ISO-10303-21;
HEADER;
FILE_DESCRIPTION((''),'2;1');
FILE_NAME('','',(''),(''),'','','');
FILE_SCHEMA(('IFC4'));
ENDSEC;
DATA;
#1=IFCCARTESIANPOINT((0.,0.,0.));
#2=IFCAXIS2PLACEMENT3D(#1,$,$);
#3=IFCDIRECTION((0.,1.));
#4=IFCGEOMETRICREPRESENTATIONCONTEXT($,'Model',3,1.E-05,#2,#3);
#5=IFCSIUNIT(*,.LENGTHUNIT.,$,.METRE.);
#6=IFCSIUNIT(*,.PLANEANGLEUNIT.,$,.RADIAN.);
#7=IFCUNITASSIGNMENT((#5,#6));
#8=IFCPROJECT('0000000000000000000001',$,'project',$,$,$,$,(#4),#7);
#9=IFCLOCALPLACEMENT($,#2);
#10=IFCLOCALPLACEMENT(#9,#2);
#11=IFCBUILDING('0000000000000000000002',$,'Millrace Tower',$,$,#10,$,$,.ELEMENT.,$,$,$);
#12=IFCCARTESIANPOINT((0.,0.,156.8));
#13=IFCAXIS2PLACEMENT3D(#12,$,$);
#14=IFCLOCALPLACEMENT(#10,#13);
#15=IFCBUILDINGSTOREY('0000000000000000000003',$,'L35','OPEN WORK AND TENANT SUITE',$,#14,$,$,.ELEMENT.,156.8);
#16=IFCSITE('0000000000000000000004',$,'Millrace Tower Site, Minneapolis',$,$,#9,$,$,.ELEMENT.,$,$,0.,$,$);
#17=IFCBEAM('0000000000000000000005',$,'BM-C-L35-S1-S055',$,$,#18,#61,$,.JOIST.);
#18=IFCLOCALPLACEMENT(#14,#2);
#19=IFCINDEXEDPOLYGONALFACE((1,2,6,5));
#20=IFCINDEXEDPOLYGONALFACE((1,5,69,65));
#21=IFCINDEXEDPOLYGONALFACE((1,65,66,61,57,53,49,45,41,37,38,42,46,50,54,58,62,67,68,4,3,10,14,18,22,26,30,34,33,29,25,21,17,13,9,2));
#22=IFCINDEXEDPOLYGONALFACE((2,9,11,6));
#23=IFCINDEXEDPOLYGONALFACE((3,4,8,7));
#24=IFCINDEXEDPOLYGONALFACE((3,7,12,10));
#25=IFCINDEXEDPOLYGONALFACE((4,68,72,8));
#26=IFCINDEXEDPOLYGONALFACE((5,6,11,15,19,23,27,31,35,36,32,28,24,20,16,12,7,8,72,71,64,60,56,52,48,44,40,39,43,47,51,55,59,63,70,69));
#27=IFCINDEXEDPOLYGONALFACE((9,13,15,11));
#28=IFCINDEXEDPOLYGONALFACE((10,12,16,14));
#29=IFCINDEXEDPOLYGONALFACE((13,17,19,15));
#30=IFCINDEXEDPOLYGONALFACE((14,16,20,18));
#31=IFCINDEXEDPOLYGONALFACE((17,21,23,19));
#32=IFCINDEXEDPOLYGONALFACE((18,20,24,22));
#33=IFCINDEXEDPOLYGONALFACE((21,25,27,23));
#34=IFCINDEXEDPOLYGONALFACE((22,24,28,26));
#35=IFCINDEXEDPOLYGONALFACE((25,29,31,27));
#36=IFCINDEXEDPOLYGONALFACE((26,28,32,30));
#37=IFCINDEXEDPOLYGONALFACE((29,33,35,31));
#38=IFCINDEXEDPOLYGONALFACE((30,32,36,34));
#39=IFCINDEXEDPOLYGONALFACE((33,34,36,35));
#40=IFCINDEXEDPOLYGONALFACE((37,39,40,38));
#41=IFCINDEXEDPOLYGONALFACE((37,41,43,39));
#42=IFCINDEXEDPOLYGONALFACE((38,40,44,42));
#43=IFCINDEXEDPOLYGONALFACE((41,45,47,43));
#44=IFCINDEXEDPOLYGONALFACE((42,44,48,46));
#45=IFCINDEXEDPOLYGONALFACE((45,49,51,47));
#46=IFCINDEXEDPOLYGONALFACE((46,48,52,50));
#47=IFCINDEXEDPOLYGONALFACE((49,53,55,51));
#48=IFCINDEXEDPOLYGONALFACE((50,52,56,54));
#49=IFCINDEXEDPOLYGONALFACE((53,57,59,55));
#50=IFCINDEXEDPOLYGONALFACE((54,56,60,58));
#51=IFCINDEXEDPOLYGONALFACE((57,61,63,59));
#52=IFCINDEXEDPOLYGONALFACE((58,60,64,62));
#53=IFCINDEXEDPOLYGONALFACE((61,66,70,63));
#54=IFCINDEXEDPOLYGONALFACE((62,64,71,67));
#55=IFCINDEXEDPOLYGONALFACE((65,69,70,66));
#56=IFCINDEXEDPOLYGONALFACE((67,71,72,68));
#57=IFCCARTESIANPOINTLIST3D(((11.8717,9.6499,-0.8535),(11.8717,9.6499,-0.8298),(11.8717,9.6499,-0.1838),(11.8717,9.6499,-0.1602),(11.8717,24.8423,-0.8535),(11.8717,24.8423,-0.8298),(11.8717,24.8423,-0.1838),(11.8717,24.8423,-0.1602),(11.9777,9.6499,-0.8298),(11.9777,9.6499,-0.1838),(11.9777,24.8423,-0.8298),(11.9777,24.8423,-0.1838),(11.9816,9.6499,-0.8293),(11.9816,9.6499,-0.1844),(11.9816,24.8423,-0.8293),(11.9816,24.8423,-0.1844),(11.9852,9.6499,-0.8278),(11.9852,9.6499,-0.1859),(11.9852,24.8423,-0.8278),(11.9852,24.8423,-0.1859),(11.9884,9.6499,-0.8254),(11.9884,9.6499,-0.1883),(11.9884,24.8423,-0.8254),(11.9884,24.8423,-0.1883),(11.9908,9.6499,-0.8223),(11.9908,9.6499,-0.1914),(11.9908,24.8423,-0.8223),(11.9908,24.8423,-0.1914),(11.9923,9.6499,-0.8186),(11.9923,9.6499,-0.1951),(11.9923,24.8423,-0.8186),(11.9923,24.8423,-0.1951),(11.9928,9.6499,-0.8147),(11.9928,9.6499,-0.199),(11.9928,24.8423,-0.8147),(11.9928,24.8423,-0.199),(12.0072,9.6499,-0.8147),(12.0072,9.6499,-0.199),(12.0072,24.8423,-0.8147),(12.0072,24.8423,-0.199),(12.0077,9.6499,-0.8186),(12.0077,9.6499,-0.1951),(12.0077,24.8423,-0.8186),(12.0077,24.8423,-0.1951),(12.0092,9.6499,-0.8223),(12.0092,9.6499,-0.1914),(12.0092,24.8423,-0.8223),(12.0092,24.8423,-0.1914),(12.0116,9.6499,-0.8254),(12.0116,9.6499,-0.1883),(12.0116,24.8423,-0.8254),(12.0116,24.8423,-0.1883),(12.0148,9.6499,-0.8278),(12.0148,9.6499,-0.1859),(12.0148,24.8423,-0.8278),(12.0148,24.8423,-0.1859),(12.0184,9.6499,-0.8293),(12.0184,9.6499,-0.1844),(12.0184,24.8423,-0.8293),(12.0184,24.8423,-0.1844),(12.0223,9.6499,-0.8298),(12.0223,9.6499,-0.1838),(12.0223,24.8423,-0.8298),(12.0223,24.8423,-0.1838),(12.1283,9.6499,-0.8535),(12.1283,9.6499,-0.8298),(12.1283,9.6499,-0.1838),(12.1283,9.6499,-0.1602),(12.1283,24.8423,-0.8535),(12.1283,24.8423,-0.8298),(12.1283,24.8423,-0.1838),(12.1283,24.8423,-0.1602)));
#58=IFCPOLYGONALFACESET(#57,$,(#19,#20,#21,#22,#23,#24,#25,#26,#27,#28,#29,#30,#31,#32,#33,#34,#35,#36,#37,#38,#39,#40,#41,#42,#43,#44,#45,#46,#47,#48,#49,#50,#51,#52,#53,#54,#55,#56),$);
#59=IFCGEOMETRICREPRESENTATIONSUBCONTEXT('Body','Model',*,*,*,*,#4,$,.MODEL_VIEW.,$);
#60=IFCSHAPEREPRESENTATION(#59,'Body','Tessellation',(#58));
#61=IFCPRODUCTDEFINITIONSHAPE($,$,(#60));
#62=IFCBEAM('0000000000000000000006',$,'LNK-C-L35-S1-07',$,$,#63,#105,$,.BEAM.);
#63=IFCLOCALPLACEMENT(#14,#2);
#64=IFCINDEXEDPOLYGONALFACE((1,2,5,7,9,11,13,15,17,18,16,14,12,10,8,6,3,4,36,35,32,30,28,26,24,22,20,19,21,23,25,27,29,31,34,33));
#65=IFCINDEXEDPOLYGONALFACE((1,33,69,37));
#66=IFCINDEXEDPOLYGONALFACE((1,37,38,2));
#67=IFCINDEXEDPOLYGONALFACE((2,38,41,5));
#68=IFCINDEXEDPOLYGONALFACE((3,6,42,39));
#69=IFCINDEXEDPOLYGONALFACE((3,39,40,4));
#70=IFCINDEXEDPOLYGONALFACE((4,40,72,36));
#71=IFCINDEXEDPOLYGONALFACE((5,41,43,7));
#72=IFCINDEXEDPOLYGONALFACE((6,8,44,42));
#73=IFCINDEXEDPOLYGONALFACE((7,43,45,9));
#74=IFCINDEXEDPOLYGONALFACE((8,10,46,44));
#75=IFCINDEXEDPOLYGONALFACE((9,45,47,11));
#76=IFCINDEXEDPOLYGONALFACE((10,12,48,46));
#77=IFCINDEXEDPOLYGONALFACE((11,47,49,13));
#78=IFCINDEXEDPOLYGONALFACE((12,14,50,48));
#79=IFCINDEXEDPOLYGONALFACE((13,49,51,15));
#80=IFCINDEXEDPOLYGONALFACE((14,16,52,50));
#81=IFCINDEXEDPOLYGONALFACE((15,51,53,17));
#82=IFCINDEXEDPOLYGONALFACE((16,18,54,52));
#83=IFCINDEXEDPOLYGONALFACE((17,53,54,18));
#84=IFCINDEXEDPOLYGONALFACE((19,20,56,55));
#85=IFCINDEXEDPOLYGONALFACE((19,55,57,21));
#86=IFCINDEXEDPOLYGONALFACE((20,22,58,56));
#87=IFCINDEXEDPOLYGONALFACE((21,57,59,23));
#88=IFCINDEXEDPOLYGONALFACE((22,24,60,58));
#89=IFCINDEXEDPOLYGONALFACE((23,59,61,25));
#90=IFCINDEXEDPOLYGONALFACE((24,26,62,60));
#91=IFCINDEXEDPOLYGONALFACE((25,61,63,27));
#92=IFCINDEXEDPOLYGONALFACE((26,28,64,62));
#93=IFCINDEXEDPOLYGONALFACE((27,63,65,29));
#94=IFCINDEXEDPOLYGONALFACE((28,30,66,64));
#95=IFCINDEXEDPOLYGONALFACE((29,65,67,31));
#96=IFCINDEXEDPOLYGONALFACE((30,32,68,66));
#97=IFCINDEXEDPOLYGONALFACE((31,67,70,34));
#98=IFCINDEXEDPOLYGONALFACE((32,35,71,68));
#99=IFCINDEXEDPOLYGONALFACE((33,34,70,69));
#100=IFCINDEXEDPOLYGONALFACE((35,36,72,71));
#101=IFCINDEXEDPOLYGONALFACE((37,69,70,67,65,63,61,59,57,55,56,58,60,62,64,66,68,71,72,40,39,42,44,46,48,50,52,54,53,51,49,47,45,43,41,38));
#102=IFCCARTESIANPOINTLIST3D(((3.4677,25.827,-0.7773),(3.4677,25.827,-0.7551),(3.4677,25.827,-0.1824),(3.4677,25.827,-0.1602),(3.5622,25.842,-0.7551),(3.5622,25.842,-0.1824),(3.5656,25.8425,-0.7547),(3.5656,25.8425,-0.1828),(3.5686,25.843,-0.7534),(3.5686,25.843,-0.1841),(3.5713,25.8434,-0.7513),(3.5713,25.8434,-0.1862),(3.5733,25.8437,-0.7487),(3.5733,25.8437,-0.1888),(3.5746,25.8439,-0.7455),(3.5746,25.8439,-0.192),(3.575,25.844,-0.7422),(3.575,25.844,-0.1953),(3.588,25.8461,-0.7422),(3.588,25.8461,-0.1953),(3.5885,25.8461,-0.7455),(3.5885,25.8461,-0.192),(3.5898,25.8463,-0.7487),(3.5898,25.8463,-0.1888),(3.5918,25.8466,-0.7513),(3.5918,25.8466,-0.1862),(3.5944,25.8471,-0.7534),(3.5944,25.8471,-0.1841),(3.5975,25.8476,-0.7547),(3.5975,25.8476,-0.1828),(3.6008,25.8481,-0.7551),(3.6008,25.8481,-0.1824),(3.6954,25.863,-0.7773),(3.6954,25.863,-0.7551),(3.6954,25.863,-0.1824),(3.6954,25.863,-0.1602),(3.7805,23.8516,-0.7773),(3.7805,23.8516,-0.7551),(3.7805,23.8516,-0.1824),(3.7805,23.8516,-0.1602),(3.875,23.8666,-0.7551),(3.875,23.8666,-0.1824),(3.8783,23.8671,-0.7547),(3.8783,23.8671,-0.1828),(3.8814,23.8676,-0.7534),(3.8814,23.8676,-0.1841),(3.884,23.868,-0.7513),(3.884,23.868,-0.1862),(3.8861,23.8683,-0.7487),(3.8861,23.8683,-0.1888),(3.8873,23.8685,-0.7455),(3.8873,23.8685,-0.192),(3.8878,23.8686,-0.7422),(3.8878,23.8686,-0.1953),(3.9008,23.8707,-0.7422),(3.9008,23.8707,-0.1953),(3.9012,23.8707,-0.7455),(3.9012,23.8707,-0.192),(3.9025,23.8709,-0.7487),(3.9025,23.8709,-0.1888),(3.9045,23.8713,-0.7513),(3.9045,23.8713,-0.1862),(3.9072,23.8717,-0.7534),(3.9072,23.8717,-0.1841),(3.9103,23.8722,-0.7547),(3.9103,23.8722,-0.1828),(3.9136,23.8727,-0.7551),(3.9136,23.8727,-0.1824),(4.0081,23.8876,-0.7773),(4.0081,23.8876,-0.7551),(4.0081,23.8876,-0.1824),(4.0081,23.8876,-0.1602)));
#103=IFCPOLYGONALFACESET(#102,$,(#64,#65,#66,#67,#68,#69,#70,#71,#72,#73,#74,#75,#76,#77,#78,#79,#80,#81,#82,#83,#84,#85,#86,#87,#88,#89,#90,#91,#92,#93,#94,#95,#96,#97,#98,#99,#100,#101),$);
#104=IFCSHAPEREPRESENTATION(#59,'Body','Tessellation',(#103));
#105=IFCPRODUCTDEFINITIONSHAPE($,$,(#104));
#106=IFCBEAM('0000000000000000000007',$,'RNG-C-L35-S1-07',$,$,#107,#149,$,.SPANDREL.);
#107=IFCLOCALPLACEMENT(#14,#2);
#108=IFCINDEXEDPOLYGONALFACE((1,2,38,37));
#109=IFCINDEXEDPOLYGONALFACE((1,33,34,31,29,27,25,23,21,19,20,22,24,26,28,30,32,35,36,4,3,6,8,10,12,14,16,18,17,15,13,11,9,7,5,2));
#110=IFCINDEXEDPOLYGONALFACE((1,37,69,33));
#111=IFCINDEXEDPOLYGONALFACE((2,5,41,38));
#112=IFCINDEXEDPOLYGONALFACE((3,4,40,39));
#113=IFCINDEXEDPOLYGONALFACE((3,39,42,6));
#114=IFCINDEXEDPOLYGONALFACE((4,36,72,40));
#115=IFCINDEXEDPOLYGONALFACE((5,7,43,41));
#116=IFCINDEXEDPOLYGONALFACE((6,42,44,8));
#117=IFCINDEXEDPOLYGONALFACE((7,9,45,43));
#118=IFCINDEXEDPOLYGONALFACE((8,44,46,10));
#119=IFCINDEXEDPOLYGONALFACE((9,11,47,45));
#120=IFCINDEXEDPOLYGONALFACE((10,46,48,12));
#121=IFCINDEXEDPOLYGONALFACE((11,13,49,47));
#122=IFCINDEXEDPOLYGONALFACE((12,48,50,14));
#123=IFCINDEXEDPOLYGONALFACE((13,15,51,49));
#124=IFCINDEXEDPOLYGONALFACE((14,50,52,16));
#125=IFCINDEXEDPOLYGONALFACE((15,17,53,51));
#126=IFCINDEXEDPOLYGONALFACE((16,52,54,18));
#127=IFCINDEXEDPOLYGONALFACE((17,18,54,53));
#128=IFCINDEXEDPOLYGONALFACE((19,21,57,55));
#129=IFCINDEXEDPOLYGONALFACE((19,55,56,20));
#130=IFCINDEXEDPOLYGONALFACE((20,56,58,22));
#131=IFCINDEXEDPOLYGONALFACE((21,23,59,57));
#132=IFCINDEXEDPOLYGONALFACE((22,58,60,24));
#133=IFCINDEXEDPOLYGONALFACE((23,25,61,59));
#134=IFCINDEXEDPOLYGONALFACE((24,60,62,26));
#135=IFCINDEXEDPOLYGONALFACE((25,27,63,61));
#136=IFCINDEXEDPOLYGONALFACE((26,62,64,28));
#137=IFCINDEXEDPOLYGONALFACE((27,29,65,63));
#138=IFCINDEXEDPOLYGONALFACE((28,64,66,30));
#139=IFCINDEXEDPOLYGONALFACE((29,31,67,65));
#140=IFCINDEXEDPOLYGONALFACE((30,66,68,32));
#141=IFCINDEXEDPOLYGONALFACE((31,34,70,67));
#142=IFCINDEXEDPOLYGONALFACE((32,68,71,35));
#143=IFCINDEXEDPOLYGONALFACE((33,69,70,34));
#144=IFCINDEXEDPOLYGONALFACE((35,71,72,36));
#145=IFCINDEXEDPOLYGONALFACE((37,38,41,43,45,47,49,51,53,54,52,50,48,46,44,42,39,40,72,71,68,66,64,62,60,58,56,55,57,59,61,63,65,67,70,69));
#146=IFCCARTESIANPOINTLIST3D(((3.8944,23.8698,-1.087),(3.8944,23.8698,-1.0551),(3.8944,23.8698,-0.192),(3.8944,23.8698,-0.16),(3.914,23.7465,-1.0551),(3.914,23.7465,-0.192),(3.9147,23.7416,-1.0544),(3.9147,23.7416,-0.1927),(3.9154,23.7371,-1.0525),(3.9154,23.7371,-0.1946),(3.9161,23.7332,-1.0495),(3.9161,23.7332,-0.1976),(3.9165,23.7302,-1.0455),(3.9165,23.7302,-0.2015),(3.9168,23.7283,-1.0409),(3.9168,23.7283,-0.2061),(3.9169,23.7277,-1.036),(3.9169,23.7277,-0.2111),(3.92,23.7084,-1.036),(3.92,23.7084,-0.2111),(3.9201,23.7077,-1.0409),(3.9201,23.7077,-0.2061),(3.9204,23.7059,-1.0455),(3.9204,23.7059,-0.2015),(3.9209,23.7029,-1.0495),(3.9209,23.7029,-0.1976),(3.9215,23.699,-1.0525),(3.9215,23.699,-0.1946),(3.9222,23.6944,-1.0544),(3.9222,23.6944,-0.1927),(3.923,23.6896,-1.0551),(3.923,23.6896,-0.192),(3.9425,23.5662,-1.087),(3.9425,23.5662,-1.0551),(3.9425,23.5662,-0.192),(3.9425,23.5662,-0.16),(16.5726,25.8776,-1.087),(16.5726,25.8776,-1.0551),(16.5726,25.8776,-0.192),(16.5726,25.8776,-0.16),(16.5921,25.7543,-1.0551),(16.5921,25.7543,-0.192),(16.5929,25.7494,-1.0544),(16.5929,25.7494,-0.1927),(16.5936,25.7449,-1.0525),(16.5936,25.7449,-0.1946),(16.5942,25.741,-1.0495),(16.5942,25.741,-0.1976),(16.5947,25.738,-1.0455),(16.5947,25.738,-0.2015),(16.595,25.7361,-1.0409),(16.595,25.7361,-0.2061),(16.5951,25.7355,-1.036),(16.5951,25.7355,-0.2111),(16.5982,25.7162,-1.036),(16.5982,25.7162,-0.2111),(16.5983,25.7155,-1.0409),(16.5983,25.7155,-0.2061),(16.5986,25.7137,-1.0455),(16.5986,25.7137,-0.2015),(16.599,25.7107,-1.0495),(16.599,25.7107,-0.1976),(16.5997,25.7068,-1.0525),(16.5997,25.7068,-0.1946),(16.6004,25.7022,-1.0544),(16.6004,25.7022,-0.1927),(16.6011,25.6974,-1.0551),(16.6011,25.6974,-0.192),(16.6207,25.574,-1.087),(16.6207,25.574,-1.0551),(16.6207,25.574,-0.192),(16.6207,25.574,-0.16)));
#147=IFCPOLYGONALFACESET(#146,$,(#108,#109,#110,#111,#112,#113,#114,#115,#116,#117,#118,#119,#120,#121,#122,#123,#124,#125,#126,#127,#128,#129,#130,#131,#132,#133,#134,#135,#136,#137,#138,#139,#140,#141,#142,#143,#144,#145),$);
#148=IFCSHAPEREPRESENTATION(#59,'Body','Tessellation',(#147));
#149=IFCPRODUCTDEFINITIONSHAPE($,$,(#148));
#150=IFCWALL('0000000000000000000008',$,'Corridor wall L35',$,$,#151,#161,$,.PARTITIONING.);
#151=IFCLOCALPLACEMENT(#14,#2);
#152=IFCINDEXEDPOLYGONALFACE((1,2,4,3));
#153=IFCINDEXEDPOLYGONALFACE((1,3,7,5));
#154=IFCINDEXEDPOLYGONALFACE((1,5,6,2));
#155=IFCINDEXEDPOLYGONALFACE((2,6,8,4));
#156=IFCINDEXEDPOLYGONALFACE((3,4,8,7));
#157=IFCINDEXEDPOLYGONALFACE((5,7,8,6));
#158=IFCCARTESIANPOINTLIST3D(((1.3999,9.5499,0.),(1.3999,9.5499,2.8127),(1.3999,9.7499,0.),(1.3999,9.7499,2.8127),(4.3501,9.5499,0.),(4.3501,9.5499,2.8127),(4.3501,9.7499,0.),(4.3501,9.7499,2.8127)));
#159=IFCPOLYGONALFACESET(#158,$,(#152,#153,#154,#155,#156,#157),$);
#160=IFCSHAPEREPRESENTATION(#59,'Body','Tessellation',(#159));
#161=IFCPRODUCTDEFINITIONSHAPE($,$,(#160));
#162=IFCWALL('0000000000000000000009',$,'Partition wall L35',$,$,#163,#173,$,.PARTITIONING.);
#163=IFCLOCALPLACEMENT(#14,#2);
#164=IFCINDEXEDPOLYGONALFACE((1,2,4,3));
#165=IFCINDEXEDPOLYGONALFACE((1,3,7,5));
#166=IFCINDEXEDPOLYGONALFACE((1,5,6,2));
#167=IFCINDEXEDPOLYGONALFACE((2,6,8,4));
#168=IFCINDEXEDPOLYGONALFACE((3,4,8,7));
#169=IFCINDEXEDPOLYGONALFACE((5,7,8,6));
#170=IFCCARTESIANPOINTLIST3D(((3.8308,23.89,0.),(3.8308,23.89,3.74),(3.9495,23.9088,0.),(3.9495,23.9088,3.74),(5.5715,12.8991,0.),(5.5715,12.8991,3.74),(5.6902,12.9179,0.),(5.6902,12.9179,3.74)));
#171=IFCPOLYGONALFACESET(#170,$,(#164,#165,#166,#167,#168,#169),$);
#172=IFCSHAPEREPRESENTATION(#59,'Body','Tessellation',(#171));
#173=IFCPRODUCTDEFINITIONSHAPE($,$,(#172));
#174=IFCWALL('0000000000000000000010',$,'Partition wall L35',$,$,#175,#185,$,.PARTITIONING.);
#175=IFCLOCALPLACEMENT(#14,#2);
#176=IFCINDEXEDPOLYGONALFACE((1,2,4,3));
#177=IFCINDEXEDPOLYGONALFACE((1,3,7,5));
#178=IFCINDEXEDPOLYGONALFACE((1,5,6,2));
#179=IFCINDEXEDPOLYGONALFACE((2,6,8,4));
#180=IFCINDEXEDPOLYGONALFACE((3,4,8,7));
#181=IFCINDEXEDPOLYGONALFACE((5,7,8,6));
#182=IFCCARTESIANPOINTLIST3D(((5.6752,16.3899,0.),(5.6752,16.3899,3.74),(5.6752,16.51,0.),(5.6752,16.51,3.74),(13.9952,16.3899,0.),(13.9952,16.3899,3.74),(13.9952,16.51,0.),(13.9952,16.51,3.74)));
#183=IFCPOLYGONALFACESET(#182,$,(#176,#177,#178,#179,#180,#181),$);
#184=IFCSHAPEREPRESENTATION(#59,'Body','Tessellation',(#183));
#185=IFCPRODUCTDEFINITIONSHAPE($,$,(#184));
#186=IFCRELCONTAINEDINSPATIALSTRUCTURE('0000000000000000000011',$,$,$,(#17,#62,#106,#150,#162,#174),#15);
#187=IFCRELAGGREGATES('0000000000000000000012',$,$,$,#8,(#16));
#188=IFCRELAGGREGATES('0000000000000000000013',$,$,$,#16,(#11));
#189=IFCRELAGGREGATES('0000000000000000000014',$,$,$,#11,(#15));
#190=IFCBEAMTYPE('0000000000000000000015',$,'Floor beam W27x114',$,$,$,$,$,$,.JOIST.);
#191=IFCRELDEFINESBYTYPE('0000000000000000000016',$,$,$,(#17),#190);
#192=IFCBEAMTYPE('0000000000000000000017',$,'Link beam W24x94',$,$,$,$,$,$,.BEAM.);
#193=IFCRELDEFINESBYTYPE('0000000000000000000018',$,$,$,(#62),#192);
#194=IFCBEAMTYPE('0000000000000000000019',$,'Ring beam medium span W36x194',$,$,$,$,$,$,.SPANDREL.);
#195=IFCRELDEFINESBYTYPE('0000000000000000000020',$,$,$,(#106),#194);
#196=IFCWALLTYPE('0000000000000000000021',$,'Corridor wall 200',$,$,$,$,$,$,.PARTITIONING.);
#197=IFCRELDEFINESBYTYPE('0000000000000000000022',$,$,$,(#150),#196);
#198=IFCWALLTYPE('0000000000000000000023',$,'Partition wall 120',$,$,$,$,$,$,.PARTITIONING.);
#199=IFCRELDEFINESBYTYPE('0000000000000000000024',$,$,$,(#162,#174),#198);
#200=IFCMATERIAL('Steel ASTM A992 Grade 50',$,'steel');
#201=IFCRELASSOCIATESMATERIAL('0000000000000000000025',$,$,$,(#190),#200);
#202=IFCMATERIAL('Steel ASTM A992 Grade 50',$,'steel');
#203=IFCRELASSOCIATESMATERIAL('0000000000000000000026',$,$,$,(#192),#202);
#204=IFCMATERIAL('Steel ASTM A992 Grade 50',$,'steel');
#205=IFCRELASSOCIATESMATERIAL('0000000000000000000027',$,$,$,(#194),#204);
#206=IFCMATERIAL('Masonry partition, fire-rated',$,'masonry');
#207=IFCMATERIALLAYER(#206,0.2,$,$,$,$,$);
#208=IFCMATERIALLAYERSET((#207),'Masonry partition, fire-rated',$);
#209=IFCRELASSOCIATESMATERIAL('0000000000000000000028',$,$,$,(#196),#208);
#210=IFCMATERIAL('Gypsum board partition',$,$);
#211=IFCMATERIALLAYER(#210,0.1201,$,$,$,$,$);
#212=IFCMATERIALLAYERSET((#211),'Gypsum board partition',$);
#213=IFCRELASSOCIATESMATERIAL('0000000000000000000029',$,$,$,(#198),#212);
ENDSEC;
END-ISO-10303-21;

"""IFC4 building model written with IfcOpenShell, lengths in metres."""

from ifc_helpers import new_model, si_unit, direction, frame, frame_2d, origin, origin_2d, place, context, subcontext, project, spatial, rectangle, i_section, extrude, material, layer, layer_set, material_profile, profile_set, type_object, element, save


model = new_model("IFC4")

# Units and contexts
model_context = context("Model", 3, precision=1e-05, world=origin(), true_north=direction((0.0, 1.0)))
body_context = subcontext(model_context, "Body", "Model", "MODEL_VIEW")
ifc_project = project(units=[si_unit("LENGTHUNIT", "METRE"), si_unit("PLANEANGLEUNIT", "RADIAN")], contexts=[model_context])

# Site, building, storey
site_placement = place(None, origin())
site = spatial("IfcSite", under=ifc_project, at=site_placement, Name="Millrace Tower Site, Minneapolis", CompositionType="ELEMENT", RefElevation=0.0)
building_placement = place(site_placement, origin())
building = spatial("IfcBuilding", under=site, at=building_placement, Name="Millrace Tower", CompositionType="ELEMENT")
storey_placement = place(building_placement, frame((0.0, 0.0, 156.8)))
storey = spatial("IfcBuildingStorey", under=building, at=storey_placement, Name="L35", Description="OPEN WORK AND TENANT SUITE", CompositionType="ELEMENT", Elevation=156.8)

# Beams
ifc_material_1 = material(Name="Steel ASTM A992 Grade 50", Category="steel")
ifc_material_profile_1 = material_profile(ifc_material_1, i_section(OverallWidth=0.2566, OverallDepth=0.6934, WebThickness=0.0144, FlangeThickness=0.0237, FilletRadius=0.0151, at=origin_2d()))
ifc_profile_set_1 = profile_set([ifc_material_profile_1], Name="Steel ASTM A992 Grade 50")
beam_type_1 = type_object("IfcBeamType", Name="Floor beam W27x114", PredefinedType="JOIST", material=ifc_profile_set_1)
beam_1_placement = place(storey_placement, frame((12.0, 9.6499, -0.5068), z_axis=(0.0, 1.0, 0.0), x_axis=(-1.0, 0.0, 0.0)))
element("IfcBeam", 1, at=beam_1_placement, inside=storey, type_object=beam_type_1, Name="BM-C-L35-S1-S055", PredefinedType="JOIST", context=body_context, shape_type="SweptSolid", body=[
    extrude(i_section(OverallWidth=0.2566, OverallDepth=0.6934, WebThickness=0.0144, FlangeThickness=0.0237, FilletRadius=0.0151, at=origin_2d()), origin(), (0.0, 0.0, 1.0), 15.1924),
])
ifc_material_2 = material(Name="Steel ASTM A992 Grade 50", Category="steel")
ifc_material_profile_2 = material_profile(ifc_material_2, i_section(OverallWidth=0.2305, OverallDepth=0.6172, WebThickness=0.0132, FlangeThickness=0.0222, FilletRadius=0.0129, at=origin_2d()))
ifc_profile_set_2 = profile_set([ifc_material_profile_2], Name="Steel ASTM A992 Grade 50")
beam_type_2 = type_object("IfcBeamType", Name="Link beam W24x94", PredefinedType="BEAM", material=ifc_profile_set_2)
beam_2_placement = place(storey_placement, frame((3.8943, 23.8696, -0.4688), z_axis=(-0.156376, 0.987698, 0.0), x_axis=(-0.987698, -0.156376, 0.0)))
element("IfcBeam", 2, at=beam_2_placement, inside=storey, type_object=beam_type_2, Name="LNK-C-L35-S1-07", PredefinedType="BEAM", context=body_context, shape_type="SweptSolid", body=[
    extrude(i_section(OverallWidth=0.2305, OverallDepth=0.6172, WebThickness=0.0132, FlangeThickness=0.0222, FilletRadius=0.0129, at=origin_2d()), origin(), (0.0, 0.0, 1.0), 2.0),
])
ifc_material_3 = material(Name="Steel ASTM A992 Grade 50", Category="steel")
ifc_material_profile_3 = material_profile(ifc_material_3, i_section(OverallWidth=0.3074, OverallDepth=0.927, WebThickness=0.0195, FlangeThickness=0.032, FilletRadius=0.019, at=origin_2d()))
ifc_profile_set_3 = profile_set([ifc_material_profile_3], Name="Steel ASTM A992 Grade 50")
beam_type_3 = type_object("IfcBeamType", Name="Ring beam medium span W36x194", PredefinedType="SPANDREL", material=ifc_profile_set_3)
beam_3_placement = place(storey_placement, frame((3.9185, 23.718, -0.6235), z_axis=(0.987691, 0.156418, 0.0), x_axis=(-0.156418, 0.987691, 0.0)))
element("IfcBeam", 3, at=beam_3_placement, inside=storey, type_object=beam_type_3, Name="RNG-C-L35-S1-07", PredefinedType="SPANDREL", context=body_context, shape_type="SweptSolid", body=[
    extrude(i_section(OverallWidth=0.3074, OverallDepth=0.927, WebThickness=0.0195, FlangeThickness=0.032, FilletRadius=0.019, at=origin_2d()), origin(), (0.0, 0.0, 1.0), 12.8362),
])

# Walls
ifc_material_4 = material(Name="Masonry partition, fire-rated", Category="masonry")
ifc_layer_1 = layer(ifc_material_4, 0.2)
ifc_layer_set_1 = layer_set([ifc_layer_1], Name="Masonry partition, fire-rated")
wall_type_1 = type_object("IfcWallType", Name="Corridor wall 200", PredefinedType="PARTITIONING", material=ifc_layer_set_1)
wall_1_placement = place(storey_placement, frame((1.3999, 9.6499, 0.0), z_axis=(0.0, 0.0, 1.0), x_axis=(1.0, 0.0, 0.0)))
element("IfcWall", 4, at=wall_1_placement, inside=storey, type_object=wall_type_1, Name="Corridor wall L35", PredefinedType="PARTITIONING", context=body_context, shape_type="SweptSolid", body=[
    extrude(rectangle(XDim=2.9502, YDim=0.2, at=frame_2d((1.4751, 0.0))), origin(), (0.0, 0.0, 1.0), 2.8127),
])
ifc_material_5 = material(Name="Gypsum board partition")
ifc_layer_2 = layer(ifc_material_5, 0.1201)
ifc_layer_set_2 = layer_set([ifc_layer_2], Name="Gypsum board partition")
wall_type_2 = type_object("IfcWallType", Name="Partition wall 120", PredefinedType="PARTITIONING", material=ifc_layer_set_2)
wall_2_placement = place(storey_placement, frame((3.8901, 23.8994, 0.0), z_axis=(0.0, 0.0, 1.0), x_axis=(0.156428, -0.987689, 0.0)))
element("IfcWall", 5, at=wall_2_placement, inside=storey, type_object=wall_type_2, Name="Partition wall L35", PredefinedType="PARTITIONING", context=body_context, shape_type="SweptSolid", body=[
    extrude(rectangle(XDim=11.1279, YDim=0.1201, at=frame_2d((5.564, 0.0))), origin(), (0.0, 0.0, 1.0), 3.74),
])
wall_3_placement = place(storey_placement, frame((5.675, 16.45, 0.0), z_axis=(0.0, 0.0, 1.0), x_axis=(1.0, 0.0, 0.0)))
element("IfcWall", 6, at=wall_3_placement, inside=storey, type_object=wall_type_2, Name="Partition wall L35", PredefinedType="PARTITIONING", context=body_context, shape_type="SweptSolid", body=[
    extrude(rectangle(XDim=8.3201, YDim=0.1201, at=frame_2d((4.1602, 0.0))), origin(), (0.0, 0.0, 1.0), 3.74),
])

save(model, "model.ifc")
